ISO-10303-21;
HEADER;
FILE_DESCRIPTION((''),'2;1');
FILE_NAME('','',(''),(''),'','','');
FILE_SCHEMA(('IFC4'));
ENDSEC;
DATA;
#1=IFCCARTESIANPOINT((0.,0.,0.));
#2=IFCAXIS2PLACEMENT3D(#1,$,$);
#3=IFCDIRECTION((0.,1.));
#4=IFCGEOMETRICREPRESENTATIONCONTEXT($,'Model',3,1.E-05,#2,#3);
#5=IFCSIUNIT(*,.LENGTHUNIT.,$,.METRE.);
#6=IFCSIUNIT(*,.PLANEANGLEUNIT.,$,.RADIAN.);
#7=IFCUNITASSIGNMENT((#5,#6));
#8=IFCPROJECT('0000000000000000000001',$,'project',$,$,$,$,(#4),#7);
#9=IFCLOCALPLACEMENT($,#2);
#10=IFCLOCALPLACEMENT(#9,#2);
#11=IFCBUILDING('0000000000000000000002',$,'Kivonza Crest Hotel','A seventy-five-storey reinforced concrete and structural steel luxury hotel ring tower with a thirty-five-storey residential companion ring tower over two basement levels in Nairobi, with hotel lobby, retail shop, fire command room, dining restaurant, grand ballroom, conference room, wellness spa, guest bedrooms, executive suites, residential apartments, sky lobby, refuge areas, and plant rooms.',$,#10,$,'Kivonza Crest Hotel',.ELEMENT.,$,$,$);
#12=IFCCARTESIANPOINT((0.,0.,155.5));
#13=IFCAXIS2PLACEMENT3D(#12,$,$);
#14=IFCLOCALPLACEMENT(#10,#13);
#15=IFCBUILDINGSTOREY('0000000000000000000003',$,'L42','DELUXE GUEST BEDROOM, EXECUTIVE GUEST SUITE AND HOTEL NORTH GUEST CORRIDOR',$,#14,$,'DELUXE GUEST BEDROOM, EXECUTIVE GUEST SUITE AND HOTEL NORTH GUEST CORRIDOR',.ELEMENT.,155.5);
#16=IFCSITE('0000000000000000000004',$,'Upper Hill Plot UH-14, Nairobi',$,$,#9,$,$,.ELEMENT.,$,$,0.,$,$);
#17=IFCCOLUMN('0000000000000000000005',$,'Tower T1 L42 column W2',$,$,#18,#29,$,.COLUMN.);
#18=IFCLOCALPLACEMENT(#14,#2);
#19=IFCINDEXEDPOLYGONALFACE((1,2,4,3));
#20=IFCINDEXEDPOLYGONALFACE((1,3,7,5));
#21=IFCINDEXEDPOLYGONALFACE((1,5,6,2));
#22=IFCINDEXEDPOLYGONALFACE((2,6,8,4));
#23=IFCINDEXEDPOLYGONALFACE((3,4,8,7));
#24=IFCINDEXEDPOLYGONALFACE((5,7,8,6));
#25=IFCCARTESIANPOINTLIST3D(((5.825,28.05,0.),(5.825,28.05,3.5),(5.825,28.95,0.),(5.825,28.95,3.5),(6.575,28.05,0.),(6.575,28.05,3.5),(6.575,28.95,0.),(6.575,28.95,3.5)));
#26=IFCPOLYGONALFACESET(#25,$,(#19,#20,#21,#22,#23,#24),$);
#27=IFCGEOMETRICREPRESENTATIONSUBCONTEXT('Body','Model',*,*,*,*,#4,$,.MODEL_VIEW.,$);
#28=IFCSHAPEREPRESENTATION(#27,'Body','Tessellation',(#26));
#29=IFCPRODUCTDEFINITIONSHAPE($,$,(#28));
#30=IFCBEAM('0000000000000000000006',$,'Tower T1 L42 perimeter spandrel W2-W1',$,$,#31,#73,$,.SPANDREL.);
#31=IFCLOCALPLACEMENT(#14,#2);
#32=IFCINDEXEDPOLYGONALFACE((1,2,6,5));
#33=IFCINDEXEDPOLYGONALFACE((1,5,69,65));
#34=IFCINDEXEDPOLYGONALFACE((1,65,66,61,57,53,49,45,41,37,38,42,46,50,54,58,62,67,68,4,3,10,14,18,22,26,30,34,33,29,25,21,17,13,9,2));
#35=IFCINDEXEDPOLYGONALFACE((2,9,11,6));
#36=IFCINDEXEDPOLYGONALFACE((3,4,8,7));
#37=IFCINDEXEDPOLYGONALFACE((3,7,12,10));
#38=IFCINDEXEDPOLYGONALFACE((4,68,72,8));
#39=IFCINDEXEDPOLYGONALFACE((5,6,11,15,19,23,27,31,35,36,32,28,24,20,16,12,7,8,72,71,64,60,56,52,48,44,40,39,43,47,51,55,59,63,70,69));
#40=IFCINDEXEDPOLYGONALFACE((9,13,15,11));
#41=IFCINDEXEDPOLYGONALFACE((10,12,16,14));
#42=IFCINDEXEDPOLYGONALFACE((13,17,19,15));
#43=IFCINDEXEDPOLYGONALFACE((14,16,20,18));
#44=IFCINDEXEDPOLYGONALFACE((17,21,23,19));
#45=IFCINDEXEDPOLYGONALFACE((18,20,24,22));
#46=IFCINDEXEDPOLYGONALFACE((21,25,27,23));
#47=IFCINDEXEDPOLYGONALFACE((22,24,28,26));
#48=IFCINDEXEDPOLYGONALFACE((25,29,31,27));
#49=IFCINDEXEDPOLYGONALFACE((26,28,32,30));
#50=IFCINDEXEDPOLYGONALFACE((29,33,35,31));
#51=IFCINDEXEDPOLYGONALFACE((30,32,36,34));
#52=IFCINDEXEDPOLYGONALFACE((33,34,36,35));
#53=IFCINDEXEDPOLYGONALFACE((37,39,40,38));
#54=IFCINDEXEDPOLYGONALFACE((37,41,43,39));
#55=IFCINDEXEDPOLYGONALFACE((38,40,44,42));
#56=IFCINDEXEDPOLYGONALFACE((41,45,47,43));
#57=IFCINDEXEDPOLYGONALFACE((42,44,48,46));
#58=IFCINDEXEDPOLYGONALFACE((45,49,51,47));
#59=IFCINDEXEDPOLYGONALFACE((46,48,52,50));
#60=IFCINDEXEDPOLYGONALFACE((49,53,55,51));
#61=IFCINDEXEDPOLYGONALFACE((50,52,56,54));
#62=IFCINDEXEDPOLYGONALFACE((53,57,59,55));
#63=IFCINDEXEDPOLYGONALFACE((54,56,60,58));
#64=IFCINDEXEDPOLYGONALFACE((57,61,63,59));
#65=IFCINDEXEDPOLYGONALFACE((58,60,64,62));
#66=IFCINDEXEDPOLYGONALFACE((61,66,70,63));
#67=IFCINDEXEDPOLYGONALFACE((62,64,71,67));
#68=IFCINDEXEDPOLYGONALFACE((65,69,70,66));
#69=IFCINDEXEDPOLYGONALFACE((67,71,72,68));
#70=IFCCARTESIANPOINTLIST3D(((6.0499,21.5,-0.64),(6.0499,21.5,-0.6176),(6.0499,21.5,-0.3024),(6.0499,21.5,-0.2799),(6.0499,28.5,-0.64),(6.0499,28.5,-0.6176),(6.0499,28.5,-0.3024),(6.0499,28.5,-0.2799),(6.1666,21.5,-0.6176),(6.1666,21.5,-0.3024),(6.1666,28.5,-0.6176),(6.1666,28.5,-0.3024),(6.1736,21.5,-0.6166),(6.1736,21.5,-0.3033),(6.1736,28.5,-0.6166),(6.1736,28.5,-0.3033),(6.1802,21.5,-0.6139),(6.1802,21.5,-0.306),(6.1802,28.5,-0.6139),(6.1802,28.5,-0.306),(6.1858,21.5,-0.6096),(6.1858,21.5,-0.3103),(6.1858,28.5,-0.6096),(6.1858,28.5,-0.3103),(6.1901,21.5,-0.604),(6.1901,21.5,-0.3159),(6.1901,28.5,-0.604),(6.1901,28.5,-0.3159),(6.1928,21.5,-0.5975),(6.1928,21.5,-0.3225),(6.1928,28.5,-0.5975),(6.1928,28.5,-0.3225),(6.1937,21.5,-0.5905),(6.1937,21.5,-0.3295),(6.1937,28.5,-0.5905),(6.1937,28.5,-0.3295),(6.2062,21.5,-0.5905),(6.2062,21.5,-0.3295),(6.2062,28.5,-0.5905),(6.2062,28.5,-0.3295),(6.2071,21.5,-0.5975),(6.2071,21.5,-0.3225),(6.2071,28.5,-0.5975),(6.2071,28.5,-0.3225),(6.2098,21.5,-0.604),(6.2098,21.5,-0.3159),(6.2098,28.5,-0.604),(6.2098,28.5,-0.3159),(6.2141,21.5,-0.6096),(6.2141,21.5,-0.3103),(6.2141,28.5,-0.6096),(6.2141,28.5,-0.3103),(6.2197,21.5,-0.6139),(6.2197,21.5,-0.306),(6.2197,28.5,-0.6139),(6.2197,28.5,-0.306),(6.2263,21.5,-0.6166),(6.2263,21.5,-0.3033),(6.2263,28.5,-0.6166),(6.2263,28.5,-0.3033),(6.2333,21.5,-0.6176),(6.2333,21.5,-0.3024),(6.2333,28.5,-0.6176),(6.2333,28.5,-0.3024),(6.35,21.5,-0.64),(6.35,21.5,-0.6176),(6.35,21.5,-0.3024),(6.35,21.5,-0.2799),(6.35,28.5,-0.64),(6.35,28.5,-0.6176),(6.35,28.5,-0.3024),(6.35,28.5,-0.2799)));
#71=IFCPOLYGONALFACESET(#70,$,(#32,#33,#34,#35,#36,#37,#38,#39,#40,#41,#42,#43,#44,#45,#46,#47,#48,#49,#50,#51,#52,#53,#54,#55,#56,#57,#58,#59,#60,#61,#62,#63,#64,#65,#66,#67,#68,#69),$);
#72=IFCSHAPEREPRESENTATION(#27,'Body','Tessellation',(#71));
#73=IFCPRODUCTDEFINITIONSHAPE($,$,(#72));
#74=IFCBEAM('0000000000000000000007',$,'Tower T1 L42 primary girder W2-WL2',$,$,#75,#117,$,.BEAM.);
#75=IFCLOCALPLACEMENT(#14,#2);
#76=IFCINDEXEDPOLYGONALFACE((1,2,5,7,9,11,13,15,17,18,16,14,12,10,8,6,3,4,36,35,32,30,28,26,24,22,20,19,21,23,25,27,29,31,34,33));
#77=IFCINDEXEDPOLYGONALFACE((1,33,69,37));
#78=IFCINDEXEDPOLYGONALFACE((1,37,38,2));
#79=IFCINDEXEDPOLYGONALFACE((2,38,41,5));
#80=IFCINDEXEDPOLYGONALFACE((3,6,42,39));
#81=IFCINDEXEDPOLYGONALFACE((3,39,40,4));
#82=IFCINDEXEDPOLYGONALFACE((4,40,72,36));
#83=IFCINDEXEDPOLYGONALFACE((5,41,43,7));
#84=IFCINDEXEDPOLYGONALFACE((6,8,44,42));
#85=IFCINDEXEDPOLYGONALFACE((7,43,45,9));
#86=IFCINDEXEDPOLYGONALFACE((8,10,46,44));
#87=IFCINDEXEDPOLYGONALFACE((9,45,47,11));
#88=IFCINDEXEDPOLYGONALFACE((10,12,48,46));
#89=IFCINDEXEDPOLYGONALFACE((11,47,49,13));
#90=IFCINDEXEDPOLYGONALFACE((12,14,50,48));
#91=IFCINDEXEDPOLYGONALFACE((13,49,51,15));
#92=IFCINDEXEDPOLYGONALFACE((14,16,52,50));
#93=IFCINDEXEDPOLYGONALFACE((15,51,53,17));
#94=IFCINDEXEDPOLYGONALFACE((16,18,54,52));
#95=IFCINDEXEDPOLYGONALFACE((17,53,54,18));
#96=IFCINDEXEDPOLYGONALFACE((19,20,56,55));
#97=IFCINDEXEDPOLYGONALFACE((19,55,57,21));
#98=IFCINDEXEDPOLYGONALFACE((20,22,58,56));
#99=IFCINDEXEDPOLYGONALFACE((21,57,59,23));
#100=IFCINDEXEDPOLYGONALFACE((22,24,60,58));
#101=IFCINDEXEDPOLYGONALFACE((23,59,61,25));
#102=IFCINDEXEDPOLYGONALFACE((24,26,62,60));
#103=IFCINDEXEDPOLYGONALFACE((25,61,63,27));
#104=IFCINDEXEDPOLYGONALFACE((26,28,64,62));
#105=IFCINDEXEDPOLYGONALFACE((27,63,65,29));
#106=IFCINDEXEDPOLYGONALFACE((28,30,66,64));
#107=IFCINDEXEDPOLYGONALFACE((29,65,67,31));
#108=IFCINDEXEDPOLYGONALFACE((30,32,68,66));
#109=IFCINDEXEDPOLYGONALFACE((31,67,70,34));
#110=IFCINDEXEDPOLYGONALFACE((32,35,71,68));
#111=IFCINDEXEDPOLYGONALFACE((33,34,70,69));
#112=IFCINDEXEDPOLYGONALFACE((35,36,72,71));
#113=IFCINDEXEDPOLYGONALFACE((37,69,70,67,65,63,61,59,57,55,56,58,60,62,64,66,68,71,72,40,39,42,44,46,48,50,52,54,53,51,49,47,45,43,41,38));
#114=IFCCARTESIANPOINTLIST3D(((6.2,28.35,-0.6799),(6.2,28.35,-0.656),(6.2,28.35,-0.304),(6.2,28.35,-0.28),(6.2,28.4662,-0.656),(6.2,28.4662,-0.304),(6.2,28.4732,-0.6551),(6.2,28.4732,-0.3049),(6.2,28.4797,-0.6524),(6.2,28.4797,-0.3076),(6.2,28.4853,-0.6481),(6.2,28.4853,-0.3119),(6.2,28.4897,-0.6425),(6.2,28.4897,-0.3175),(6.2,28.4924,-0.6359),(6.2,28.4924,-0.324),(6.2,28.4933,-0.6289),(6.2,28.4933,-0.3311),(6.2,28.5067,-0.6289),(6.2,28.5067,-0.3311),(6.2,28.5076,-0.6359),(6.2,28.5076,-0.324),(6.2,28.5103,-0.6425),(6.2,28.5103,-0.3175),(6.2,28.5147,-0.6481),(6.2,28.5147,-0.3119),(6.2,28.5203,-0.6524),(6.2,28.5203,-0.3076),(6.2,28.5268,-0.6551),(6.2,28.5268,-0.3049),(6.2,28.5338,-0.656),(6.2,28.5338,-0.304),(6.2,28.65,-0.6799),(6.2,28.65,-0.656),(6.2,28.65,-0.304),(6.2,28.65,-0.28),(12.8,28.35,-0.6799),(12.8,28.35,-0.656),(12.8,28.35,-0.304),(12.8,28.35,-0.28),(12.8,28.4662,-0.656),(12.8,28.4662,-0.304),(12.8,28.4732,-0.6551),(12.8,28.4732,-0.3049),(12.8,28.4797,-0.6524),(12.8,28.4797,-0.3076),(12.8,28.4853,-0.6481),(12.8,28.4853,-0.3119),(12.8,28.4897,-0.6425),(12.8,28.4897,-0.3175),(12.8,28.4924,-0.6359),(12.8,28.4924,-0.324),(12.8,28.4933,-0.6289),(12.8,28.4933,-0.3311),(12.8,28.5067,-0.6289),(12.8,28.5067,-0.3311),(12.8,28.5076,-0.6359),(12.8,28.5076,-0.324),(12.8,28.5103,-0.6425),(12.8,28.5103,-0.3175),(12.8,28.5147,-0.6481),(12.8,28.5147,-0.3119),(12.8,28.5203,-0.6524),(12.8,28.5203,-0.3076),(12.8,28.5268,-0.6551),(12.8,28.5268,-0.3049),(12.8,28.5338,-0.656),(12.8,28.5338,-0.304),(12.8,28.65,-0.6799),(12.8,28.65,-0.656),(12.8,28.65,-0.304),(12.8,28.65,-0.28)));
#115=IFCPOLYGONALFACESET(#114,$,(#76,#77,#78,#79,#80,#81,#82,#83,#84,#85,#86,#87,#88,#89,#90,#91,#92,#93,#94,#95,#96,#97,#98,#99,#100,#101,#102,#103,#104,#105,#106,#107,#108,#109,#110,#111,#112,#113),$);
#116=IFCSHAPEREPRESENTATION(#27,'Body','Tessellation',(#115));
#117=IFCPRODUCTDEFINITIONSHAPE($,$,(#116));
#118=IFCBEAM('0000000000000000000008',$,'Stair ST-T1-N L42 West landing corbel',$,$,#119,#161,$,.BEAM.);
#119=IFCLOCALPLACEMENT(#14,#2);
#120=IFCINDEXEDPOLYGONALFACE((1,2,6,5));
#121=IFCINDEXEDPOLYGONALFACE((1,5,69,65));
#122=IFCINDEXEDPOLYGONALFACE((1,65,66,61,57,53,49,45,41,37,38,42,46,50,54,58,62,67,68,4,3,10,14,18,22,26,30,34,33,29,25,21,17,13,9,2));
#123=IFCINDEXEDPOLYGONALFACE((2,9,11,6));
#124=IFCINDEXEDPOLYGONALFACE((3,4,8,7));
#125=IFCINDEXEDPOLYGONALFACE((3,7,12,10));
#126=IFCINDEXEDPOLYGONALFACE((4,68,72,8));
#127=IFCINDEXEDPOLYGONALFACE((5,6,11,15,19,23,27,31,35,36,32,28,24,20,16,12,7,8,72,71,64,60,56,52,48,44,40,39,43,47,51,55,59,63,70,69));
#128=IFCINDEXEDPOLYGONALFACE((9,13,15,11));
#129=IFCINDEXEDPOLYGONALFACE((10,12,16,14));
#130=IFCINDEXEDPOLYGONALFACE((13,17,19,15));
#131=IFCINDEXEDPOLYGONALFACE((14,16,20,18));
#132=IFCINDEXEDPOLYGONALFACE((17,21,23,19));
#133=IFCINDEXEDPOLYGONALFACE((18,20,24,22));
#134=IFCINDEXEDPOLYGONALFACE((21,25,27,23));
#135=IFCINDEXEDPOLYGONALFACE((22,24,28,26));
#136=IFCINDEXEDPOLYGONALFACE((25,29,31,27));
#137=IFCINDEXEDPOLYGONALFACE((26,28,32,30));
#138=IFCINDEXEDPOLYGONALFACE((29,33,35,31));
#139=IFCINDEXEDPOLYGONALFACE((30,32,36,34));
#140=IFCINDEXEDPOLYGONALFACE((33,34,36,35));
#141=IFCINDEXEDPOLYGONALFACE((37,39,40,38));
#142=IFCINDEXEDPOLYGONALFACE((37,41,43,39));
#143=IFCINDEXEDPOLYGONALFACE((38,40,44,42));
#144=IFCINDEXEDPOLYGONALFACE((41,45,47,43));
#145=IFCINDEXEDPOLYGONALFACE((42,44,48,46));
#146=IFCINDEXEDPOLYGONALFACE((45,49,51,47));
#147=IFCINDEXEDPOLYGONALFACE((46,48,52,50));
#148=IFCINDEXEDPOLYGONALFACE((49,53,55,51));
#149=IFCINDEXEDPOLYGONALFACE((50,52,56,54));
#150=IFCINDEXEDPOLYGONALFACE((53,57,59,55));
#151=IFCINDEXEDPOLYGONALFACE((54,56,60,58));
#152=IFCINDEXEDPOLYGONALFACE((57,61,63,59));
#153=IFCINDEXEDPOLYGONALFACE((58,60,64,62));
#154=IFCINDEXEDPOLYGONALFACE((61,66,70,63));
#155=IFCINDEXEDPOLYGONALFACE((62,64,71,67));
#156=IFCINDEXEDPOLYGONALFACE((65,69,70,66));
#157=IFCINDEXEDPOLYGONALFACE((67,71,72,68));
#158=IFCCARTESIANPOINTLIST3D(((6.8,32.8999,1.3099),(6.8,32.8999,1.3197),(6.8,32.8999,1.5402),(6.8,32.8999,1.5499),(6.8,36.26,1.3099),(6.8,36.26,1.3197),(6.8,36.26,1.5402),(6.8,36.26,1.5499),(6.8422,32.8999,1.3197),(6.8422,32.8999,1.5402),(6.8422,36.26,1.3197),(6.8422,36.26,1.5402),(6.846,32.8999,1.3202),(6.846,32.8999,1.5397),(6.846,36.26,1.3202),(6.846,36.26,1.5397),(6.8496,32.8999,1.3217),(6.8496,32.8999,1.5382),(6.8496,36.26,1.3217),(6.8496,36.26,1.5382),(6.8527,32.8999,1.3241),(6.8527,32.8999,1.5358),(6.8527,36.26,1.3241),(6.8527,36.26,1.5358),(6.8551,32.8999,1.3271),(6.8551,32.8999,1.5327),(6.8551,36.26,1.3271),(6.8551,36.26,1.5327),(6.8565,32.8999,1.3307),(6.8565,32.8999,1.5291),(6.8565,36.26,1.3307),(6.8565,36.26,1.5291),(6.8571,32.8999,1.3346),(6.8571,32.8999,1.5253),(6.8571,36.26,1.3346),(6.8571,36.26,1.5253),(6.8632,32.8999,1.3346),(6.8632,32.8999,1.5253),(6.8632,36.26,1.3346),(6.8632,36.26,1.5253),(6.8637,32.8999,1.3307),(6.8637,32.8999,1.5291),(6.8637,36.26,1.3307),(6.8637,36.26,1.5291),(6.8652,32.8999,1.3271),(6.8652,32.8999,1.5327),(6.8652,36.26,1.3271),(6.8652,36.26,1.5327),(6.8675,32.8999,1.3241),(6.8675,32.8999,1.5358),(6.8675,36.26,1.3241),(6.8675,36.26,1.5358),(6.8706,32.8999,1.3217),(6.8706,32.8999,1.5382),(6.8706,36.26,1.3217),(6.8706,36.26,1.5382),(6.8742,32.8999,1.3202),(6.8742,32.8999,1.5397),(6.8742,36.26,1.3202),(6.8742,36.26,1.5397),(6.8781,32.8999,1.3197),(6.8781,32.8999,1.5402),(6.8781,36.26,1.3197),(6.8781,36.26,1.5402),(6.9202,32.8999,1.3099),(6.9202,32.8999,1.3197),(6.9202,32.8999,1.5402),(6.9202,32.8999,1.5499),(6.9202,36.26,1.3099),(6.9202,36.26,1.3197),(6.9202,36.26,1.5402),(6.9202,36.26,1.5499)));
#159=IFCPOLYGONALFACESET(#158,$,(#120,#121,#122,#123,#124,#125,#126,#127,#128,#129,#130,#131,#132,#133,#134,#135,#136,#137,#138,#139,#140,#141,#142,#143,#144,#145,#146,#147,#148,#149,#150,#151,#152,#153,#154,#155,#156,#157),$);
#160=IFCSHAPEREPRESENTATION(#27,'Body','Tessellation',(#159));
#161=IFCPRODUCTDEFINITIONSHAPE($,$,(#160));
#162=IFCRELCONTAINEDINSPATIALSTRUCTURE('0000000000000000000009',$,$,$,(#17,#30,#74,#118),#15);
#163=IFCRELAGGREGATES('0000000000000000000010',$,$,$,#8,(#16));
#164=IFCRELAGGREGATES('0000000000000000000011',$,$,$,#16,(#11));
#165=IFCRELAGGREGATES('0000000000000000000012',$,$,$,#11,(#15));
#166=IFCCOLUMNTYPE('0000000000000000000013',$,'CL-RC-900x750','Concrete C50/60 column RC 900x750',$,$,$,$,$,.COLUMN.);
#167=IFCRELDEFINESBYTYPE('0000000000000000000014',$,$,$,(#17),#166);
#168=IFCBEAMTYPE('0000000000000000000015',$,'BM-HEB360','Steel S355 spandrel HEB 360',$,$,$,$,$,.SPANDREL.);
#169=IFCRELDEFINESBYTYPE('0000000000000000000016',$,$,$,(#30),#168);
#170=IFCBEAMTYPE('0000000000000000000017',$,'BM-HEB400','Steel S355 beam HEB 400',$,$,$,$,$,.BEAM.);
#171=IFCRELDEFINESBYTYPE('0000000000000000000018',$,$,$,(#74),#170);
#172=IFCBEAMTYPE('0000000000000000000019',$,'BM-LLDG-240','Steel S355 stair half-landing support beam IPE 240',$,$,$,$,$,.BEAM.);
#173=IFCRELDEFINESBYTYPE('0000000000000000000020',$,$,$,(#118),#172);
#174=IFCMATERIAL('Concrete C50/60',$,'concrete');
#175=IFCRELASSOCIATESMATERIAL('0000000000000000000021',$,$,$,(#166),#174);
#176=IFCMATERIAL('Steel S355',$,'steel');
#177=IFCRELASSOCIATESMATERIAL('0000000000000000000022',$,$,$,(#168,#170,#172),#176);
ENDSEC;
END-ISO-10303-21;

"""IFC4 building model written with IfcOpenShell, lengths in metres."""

from ifc_helpers import new_model, si_unit, direction, frame, origin, origin_2d, place, context, subcontext, project, spatial, rectangle, i_section, extrude, material, material_profile, profile_set, type_object, element, save


model = new_model("IFC4")

# Units and contexts
model_context = context("Model", 3, precision=1e-05, world=origin(), true_north=direction((0.0, 1.0)))
body_context = subcontext(model_context, "Body", "Model", "MODEL_VIEW")
ifc_project = project(units=[si_unit("LENGTHUNIT", "METRE"), si_unit("PLANEANGLEUNIT", "RADIAN")], contexts=[model_context])

# Site, building, storey
site_placement = place(None, origin())
site = spatial("IfcSite", under=ifc_project, at=site_placement, Name="Upper Hill Plot UH-14, Nairobi", CompositionType="ELEMENT", RefElevation=0.0)
building_placement = place(site_placement, origin())
building = spatial("IfcBuilding", under=site, at=building_placement, Name="Kivonza Crest Hotel", Description="A seventy-five-storey reinforced concrete and structural steel luxury hotel ring tower with a thirty-five-storey residential companion ring tower over two basement levels in Nairobi, with hotel lobby, retail shop, fire command room, dining restaurant, grand ballroom, conference room, wellness spa, guest bedrooms, executive suites, residential apartments, sky lobby, refuge areas, and plant rooms.", LongName="Kivonza Crest Hotel", CompositionType="ELEMENT")
storey_placement = place(building_placement, frame((0.0, 0.0, 155.5)))
storey = spatial("IfcBuildingStorey", under=building, at=storey_placement, Name="L42", Description="DELUXE GUEST BEDROOM, EXECUTIVE GUEST SUITE AND HOTEL NORTH GUEST CORRIDOR", LongName="DELUXE GUEST BEDROOM, EXECUTIVE GUEST SUITE AND HOTEL NORTH GUEST CORRIDOR", CompositionType="ELEMENT", Elevation=155.5)

# Column
ifc_material_1 = material(Name="Concrete C50/60", Category="concrete")
ifc_material_profile_1 = material_profile(ifc_material_1, rectangle(XDim=0.75, YDim=0.8999, at=origin_2d()), Name="RC 900x750")
ifc_profile_set_1 = profile_set([ifc_material_profile_1], Name="Concrete C50/60")
column_type = type_object("IfcColumnType", Name="CL-RC-900x750", Description="Concrete C50/60 column RC 900x750", PredefinedType="COLUMN", material=ifc_profile_set_1)
column_placement = place(storey_placement, frame((6.2, 28.5, 0.0), z_axis=(0.0, 0.0, 1.0), x_axis=(1.0, 0.0, 0.0)))
element("IfcColumn", 1, at=column_placement, inside=storey, type_object=column_type, Name="Tower T1 L42 column W2", PredefinedType="COLUMN", context=body_context, shape_type="SweptSolid", body=[
    extrude(rectangle(XDim=0.75, YDim=0.8999, at=origin_2d()), origin(), (0.0, 0.0, 1.0), 3.5),
])

# Beams
ifc_material_2 = material(Name="Steel S355", Category="steel")
ifc_material_profile_2 = material_profile(ifc_material_2, i_section(OverallWidth=0.3, OverallDepth=0.3601, WebThickness=0.0125, FlangeThickness=0.0225, FilletRadius=0.0271, at=origin_2d()), Name="HEB 360")
ifc_profile_set_2 = profile_set([ifc_material_profile_2], Name="Steel S355")
beam_type_1 = type_object("IfcBeamType", Name="BM-HEB360", Description="Steel S355 spandrel HEB 360", PredefinedType="SPANDREL", material=ifc_profile_set_2)
beam_1_placement = place(storey_placement, frame((6.2, 28.5, -0.46), z_axis=(0.0, -1.0, 0.0), x_axis=(1.0, 0.0, 0.0)))
element("IfcBeam", 2, at=beam_1_placement, inside=storey, type_object=beam_type_1, Name="Tower T1 L42 perimeter spandrel W2-W1", PredefinedType="SPANDREL", context=body_context, shape_type="SweptSolid", body=[
    extrude(i_section(OverallWidth=0.3, OverallDepth=0.3601, WebThickness=0.0125, FlangeThickness=0.0225, FilletRadius=0.0271, at=origin_2d()), origin(), (0.0, 0.0, 1.0), 7.0),
])
ifc_material_profile_3 = material_profile(ifc_material_2, i_section(OverallWidth=0.3, OverallDepth=0.3999, WebThickness=0.0134, FlangeThickness=0.0239, FilletRadius=0.0271, at=origin_2d()), Name="HEB 400")
ifc_profile_set_3 = profile_set([ifc_material_profile_3], Name="Steel S355")
beam_type_2 = type_object("IfcBeamType", Name="BM-HEB400", Description="Steel S355 beam HEB 400", PredefinedType="BEAM", material=ifc_profile_set_3)
beam_2_placement = place(storey_placement, frame((6.2, 28.5, -0.48), z_axis=(1.0, 0.0, 0.0), x_axis=(0.0, 1.0, 0.0)))
element("IfcBeam", 3, at=beam_2_placement, inside=storey, type_object=beam_type_2, Name="Tower T1 L42 primary girder W2-WL2", PredefinedType="BEAM", context=body_context, shape_type="SweptSolid", body=[
    extrude(i_section(OverallWidth=0.3, OverallDepth=0.3999, WebThickness=0.0134, FlangeThickness=0.0239, FilletRadius=0.0271, at=origin_2d()), origin(), (0.0, 0.0, 1.0), 6.6001),
])
ifc_material_profile_4 = material_profile(ifc_material_2, i_section(OverallWidth=0.1201, OverallDepth=0.24, WebThickness=0.0061, FlangeThickness=0.0098, FilletRadius=0.0149, at=origin_2d()), Name="IPE 240")
ifc_profile_set_4 = profile_set([ifc_material_profile_4], Name="Steel S355")
beam_type_3 = type_object("IfcBeamType", Name="BM-LLDG-240", Description="Steel S355 stair half-landing support beam IPE 240", PredefinedType="BEAM", material=ifc_profile_set_4)
beam_3_placement = place(storey_placement, frame((6.8601, 32.8999, 1.4299), z_axis=(0.0, 1.0, 0.0), x_axis=(-1.0, 0.0, 0.0)))
element("IfcBeam", 4, at=beam_3_placement, inside=storey, type_object=beam_type_3, Name="Stair ST-T1-N L42 West landing corbel", PredefinedType="BEAM", context=body_context, shape_type="SweptSolid", body=[
    extrude(i_section(OverallWidth=0.1201, OverallDepth=0.24, WebThickness=0.0061, FlangeThickness=0.0098, FilletRadius=0.0149, at=origin_2d()), origin(), (0.0, 0.0, 1.0), 3.3601),
])

save(model, "model.ifc")
